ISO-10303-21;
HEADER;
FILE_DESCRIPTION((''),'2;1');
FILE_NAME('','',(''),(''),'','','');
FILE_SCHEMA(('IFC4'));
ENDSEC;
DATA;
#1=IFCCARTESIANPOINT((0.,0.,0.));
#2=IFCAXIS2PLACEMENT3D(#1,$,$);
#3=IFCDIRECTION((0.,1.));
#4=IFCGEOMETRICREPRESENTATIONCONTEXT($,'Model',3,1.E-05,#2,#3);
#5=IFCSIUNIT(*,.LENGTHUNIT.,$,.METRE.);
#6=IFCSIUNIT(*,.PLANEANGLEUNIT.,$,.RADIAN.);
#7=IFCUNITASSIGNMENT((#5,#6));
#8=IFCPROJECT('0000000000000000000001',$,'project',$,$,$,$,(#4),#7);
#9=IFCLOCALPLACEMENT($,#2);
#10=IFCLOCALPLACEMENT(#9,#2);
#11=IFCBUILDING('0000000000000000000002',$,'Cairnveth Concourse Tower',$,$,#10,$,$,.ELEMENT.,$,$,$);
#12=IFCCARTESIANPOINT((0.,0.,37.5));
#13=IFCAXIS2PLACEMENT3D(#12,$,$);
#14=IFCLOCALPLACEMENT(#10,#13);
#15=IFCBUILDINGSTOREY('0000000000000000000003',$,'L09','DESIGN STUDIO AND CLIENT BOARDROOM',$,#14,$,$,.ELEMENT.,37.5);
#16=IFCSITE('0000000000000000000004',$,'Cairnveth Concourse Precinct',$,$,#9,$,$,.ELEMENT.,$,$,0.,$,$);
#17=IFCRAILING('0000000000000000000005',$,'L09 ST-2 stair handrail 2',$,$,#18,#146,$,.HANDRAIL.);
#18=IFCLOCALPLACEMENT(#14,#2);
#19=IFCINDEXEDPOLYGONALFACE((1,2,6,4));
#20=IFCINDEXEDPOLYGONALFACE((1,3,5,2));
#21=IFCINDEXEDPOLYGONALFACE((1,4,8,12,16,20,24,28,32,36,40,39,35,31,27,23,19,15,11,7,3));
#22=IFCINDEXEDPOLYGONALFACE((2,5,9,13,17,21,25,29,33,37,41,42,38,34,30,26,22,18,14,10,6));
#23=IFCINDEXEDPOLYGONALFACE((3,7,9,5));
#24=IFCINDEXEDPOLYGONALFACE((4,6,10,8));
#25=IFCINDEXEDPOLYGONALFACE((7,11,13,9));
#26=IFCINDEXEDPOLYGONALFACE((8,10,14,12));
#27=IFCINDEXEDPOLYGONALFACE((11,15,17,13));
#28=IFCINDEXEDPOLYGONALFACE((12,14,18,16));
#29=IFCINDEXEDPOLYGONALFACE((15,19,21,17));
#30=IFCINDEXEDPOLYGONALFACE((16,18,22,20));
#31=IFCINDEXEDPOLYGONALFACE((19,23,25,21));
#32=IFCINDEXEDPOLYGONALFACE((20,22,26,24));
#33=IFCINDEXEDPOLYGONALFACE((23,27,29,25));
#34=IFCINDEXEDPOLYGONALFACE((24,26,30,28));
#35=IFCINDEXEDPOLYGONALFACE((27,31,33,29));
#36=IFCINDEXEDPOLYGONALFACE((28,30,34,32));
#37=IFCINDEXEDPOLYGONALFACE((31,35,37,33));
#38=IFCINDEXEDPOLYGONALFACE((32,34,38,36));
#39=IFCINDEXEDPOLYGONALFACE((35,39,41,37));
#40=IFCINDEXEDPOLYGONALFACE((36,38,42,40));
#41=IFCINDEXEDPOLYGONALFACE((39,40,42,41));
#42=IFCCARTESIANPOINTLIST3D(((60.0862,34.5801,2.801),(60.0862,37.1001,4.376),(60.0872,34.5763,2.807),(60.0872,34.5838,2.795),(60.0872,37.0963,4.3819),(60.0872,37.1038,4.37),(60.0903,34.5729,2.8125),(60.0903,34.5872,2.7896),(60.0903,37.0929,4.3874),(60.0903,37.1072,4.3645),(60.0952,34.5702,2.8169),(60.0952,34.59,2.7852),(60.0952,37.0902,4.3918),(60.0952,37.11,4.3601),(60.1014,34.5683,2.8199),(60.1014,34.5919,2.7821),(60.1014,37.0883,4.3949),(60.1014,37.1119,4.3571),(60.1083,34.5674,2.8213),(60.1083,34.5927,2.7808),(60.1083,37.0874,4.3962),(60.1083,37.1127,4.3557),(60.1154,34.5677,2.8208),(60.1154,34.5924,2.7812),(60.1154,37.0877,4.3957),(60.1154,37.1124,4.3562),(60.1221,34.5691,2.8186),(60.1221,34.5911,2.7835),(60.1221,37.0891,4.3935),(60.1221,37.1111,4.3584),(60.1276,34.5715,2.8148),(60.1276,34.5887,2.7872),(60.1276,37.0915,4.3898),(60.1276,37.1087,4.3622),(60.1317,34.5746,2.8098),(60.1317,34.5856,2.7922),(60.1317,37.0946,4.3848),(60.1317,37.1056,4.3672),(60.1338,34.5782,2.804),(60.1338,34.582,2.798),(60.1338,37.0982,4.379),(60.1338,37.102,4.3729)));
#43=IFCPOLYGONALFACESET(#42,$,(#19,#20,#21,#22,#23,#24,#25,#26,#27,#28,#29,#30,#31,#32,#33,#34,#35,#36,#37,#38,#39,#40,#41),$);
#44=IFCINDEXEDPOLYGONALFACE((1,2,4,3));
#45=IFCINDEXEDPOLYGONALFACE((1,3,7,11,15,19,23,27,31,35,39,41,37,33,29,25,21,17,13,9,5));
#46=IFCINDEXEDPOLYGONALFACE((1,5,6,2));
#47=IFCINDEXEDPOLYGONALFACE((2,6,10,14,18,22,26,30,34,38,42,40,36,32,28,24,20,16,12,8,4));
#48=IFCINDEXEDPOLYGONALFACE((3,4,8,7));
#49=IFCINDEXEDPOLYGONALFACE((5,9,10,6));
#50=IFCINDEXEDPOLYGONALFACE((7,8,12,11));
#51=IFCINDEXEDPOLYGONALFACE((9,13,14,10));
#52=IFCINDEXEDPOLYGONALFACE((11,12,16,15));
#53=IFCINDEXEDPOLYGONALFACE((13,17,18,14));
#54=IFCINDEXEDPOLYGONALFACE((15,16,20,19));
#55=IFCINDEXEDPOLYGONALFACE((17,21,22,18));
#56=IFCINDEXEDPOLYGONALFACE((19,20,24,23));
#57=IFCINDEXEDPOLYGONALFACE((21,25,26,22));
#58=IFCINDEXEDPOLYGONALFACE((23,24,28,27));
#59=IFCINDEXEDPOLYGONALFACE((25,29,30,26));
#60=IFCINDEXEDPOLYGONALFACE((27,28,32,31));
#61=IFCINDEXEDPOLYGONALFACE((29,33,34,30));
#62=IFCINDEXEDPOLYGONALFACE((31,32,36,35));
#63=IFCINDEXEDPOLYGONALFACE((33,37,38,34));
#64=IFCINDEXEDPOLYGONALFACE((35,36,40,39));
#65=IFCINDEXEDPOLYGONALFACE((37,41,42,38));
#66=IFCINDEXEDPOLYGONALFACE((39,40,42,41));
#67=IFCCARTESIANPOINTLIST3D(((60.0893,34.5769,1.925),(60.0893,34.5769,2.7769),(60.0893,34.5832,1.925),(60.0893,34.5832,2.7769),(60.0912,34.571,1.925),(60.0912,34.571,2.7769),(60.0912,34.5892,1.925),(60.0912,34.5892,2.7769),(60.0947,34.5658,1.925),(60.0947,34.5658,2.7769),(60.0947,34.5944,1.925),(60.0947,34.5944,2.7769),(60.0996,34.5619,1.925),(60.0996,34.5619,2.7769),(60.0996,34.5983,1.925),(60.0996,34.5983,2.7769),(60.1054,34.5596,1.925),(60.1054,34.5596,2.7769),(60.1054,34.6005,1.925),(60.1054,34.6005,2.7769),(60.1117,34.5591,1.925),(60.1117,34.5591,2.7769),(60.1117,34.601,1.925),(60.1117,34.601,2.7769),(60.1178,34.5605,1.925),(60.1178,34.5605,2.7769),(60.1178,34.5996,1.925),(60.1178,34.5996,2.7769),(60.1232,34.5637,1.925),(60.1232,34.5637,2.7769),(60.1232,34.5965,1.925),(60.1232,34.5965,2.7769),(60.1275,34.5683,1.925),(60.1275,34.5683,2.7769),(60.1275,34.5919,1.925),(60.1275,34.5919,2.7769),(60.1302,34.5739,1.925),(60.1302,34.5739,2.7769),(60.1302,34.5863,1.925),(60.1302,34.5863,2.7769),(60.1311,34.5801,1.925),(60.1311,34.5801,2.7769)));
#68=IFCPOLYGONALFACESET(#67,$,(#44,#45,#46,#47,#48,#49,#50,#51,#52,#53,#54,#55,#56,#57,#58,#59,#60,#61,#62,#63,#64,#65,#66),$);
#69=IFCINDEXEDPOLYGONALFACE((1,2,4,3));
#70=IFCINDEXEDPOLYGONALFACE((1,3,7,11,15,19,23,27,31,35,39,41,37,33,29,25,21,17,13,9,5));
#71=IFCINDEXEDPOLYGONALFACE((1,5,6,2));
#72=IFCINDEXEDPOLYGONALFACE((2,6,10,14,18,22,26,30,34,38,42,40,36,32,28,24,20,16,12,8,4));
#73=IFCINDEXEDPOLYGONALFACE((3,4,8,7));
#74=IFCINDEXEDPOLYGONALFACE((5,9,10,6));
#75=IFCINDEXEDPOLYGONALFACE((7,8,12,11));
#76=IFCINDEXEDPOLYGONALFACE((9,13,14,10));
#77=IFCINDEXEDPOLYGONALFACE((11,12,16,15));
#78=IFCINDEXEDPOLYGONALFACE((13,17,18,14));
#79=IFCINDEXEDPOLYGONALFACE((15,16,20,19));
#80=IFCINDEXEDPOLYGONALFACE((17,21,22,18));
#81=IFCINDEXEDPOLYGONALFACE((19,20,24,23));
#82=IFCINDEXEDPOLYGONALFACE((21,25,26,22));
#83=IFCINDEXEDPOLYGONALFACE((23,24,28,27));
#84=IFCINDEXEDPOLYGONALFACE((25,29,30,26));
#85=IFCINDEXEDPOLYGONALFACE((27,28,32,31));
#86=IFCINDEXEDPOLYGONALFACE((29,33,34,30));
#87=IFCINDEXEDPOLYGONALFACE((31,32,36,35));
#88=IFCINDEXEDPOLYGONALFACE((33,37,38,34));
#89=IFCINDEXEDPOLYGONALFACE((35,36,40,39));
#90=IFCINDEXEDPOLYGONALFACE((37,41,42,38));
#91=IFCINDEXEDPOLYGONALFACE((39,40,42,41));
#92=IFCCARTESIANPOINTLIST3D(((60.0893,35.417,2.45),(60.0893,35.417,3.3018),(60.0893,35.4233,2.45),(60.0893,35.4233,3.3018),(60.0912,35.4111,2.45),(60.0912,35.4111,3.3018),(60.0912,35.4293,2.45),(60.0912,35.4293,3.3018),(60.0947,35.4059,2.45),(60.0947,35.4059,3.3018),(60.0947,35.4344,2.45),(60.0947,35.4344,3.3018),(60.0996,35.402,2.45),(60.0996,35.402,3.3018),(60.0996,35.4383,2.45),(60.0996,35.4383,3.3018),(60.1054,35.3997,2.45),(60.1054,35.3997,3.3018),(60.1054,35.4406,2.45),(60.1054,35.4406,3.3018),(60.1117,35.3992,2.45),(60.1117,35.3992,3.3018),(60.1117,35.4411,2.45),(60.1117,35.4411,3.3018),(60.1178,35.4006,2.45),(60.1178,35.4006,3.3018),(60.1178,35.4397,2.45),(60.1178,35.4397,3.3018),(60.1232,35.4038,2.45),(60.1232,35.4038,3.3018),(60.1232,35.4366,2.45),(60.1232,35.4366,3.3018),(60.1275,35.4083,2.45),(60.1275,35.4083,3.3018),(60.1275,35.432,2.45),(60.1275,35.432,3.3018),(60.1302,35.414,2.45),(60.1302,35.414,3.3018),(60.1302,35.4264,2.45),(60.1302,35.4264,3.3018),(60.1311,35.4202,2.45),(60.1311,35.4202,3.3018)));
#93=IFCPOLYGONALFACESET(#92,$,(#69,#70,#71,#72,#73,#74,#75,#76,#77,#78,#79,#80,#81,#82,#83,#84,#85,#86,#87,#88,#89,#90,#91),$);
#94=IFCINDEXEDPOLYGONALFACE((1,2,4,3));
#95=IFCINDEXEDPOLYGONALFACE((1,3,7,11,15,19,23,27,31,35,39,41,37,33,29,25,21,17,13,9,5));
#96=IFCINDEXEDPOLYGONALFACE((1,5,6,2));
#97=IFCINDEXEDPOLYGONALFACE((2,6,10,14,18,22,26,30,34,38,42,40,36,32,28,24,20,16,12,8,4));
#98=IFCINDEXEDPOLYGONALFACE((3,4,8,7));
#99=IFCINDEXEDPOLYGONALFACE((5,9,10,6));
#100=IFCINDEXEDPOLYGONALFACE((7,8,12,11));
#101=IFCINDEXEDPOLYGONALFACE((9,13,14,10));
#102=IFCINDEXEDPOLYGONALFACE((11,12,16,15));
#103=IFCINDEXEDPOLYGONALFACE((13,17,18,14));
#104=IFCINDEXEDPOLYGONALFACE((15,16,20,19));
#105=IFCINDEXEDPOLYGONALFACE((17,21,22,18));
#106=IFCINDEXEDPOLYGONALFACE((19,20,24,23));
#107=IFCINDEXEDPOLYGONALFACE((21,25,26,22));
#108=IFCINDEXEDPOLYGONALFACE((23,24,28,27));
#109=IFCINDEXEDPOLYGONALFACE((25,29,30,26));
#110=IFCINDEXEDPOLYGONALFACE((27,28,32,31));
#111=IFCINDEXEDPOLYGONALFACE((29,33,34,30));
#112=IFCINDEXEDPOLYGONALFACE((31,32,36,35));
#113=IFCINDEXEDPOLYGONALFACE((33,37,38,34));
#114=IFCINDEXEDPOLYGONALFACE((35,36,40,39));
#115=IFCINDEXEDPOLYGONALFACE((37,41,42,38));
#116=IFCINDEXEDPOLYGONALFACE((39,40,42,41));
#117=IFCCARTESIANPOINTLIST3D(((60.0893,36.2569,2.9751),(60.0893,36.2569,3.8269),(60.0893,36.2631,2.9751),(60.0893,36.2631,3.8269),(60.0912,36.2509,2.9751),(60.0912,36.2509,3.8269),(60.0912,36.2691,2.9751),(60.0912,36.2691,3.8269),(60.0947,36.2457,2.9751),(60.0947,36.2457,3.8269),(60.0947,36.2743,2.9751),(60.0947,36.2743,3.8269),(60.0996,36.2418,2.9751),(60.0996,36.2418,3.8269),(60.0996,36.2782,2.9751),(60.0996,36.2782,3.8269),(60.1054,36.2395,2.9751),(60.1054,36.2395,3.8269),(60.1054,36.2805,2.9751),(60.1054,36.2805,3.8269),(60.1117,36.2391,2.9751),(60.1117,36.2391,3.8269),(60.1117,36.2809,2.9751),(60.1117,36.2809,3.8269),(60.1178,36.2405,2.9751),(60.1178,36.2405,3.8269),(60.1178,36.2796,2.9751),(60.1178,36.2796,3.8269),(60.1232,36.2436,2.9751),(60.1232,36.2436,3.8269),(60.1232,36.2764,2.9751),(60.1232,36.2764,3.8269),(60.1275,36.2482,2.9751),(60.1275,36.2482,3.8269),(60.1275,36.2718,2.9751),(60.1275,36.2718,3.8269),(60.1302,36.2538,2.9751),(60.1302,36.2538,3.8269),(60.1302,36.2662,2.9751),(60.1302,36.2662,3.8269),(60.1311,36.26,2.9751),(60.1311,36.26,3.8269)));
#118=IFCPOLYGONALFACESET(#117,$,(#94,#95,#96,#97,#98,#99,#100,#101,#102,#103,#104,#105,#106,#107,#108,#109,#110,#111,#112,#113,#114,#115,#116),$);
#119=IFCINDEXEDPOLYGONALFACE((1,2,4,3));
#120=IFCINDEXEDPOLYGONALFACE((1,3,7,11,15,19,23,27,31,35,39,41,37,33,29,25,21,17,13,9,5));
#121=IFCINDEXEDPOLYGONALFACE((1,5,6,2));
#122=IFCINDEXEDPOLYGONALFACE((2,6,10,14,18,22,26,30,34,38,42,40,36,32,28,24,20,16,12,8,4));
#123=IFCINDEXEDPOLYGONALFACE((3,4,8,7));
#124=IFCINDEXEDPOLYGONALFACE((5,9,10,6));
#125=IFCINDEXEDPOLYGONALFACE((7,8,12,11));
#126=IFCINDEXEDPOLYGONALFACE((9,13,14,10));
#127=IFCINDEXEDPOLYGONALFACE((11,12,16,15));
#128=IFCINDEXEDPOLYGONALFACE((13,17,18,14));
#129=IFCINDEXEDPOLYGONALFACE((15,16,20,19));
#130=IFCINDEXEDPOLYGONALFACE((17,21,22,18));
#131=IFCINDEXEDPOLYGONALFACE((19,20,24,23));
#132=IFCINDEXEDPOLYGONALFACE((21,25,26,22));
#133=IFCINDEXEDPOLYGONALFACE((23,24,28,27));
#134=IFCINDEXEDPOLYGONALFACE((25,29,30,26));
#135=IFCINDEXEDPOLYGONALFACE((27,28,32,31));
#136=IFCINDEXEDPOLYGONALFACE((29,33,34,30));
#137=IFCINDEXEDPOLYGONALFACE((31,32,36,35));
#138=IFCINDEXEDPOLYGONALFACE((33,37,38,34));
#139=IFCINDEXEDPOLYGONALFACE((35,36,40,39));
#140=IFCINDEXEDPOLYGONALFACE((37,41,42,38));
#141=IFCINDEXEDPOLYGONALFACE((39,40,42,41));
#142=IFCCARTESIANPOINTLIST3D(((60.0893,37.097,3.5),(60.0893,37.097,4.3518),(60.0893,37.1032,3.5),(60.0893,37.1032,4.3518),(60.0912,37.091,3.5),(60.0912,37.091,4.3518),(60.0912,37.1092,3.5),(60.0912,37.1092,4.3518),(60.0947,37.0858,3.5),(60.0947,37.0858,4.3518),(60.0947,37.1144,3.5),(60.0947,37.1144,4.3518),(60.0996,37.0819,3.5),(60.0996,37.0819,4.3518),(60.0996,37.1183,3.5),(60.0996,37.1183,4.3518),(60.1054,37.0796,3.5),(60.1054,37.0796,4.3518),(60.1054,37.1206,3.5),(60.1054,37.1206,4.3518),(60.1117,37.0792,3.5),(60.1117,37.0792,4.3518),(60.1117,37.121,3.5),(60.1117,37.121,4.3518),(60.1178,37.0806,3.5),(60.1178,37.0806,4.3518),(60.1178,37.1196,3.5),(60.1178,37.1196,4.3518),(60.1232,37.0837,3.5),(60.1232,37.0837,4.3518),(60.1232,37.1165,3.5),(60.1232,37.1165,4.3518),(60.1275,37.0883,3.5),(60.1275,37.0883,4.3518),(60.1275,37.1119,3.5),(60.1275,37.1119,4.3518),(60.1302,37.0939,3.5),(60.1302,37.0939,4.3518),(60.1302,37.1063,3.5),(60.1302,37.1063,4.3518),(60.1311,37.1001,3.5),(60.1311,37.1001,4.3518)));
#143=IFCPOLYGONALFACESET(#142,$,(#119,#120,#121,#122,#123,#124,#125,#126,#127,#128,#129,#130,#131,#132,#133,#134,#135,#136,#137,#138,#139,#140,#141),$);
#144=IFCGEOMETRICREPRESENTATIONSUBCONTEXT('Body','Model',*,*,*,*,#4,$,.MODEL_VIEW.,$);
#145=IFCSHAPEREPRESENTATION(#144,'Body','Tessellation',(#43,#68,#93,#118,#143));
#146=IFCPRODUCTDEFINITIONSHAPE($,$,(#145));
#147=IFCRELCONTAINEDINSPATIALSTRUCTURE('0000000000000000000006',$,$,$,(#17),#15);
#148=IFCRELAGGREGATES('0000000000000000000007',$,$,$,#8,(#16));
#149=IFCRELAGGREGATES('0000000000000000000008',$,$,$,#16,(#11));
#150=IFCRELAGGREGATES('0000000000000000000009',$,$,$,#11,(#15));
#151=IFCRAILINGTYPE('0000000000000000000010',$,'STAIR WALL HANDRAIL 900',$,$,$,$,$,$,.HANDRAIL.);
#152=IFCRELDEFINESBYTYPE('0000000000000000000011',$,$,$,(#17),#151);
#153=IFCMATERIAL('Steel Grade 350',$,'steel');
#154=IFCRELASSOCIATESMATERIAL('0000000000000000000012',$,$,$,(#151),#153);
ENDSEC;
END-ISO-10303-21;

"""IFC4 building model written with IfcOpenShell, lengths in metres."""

from ifc_helpers import new_model, si_unit, direction, frame, origin, origin_2d, place, context, subcontext, project, spatial, circle, extrude, material, type_object, element, save


model = new_model("IFC4")

# Units and contexts
model_context = context("Model", 3, precision=1e-05, world=origin(), true_north=direction((0.0, 1.0)))
body_context = subcontext(model_context, "Body", "Model", "MODEL_VIEW")
ifc_project = project(units=[si_unit("LENGTHUNIT", "METRE"), si_unit("PLANEANGLEUNIT", "RADIAN")], contexts=[model_context])

# Site, building, storey
site_placement = place(None, origin())
site = spatial("IfcSite", under=ifc_project, at=site_placement, Name="Cairnveth Concourse Precinct", CompositionType="ELEMENT", RefElevation=0.0)
building_placement = place(site_placement, origin())
building = spatial("IfcBuilding", under=site, at=building_placement, Name="Cairnveth Concourse Tower", CompositionType="ELEMENT")
storey_placement = place(building_placement, frame((0.0, 0.0, 37.5)))
storey = spatial("IfcBuildingStorey", under=building, at=storey_placement, Name="L09", Description="DESIGN STUDIO AND CLIENT BOARDROOM", CompositionType="ELEMENT", Elevation=37.5)

# Shared definitions
ifc_material_1 = material(Name="Steel Grade 350", Category="steel")

# Railing
railing_type_1 = type_object("IfcRailingType", Name="STAIR WALL HANDRAIL 900", PredefinedType="HANDRAIL", material=ifc_material_1)
railing_1_placement = place(storey_placement, frame((60.1101, 34.5801, 1.925)))
element("IfcRailing", 1, at=railing_1_placement, inside=storey, type_object=railing_type_1, Name="L09 ST-2 stair handrail 2", PredefinedType="HANDRAIL", context=body_context, shape_type="SweptSolid", body=[
    extrude(circle(Radius=0.0239, at=origin_2d()), frame((0.0, 0.0, 0.876), z_axis=(0.0, 0.848008, 0.529984), x_axis=(-1.0, 0.0, 0.0)), (0.0, 0.0, 1.0), 2.9717),
    extrude(circle(Radius=0.021, at=origin_2d()), origin(), (0.0, 0.0, 1.0), 0.8518),
    extrude(circle(Radius=0.021, at=origin_2d()), frame((0.0, 0.8401, 0.5249)), (0.0, 0.0, 1.0), 0.8518),
    extrude(circle(Radius=0.021, at=origin_2d()), frame((0.0, 1.6799, 1.05)), (0.0, 0.0, 1.0), 0.8518),
    extrude(circle(Radius=0.021, at=origin_2d()), frame((0.0, 2.52, 1.575)), (0.0, 0.0, 1.0), 0.8518),
])

save(model, "model.ifc")
